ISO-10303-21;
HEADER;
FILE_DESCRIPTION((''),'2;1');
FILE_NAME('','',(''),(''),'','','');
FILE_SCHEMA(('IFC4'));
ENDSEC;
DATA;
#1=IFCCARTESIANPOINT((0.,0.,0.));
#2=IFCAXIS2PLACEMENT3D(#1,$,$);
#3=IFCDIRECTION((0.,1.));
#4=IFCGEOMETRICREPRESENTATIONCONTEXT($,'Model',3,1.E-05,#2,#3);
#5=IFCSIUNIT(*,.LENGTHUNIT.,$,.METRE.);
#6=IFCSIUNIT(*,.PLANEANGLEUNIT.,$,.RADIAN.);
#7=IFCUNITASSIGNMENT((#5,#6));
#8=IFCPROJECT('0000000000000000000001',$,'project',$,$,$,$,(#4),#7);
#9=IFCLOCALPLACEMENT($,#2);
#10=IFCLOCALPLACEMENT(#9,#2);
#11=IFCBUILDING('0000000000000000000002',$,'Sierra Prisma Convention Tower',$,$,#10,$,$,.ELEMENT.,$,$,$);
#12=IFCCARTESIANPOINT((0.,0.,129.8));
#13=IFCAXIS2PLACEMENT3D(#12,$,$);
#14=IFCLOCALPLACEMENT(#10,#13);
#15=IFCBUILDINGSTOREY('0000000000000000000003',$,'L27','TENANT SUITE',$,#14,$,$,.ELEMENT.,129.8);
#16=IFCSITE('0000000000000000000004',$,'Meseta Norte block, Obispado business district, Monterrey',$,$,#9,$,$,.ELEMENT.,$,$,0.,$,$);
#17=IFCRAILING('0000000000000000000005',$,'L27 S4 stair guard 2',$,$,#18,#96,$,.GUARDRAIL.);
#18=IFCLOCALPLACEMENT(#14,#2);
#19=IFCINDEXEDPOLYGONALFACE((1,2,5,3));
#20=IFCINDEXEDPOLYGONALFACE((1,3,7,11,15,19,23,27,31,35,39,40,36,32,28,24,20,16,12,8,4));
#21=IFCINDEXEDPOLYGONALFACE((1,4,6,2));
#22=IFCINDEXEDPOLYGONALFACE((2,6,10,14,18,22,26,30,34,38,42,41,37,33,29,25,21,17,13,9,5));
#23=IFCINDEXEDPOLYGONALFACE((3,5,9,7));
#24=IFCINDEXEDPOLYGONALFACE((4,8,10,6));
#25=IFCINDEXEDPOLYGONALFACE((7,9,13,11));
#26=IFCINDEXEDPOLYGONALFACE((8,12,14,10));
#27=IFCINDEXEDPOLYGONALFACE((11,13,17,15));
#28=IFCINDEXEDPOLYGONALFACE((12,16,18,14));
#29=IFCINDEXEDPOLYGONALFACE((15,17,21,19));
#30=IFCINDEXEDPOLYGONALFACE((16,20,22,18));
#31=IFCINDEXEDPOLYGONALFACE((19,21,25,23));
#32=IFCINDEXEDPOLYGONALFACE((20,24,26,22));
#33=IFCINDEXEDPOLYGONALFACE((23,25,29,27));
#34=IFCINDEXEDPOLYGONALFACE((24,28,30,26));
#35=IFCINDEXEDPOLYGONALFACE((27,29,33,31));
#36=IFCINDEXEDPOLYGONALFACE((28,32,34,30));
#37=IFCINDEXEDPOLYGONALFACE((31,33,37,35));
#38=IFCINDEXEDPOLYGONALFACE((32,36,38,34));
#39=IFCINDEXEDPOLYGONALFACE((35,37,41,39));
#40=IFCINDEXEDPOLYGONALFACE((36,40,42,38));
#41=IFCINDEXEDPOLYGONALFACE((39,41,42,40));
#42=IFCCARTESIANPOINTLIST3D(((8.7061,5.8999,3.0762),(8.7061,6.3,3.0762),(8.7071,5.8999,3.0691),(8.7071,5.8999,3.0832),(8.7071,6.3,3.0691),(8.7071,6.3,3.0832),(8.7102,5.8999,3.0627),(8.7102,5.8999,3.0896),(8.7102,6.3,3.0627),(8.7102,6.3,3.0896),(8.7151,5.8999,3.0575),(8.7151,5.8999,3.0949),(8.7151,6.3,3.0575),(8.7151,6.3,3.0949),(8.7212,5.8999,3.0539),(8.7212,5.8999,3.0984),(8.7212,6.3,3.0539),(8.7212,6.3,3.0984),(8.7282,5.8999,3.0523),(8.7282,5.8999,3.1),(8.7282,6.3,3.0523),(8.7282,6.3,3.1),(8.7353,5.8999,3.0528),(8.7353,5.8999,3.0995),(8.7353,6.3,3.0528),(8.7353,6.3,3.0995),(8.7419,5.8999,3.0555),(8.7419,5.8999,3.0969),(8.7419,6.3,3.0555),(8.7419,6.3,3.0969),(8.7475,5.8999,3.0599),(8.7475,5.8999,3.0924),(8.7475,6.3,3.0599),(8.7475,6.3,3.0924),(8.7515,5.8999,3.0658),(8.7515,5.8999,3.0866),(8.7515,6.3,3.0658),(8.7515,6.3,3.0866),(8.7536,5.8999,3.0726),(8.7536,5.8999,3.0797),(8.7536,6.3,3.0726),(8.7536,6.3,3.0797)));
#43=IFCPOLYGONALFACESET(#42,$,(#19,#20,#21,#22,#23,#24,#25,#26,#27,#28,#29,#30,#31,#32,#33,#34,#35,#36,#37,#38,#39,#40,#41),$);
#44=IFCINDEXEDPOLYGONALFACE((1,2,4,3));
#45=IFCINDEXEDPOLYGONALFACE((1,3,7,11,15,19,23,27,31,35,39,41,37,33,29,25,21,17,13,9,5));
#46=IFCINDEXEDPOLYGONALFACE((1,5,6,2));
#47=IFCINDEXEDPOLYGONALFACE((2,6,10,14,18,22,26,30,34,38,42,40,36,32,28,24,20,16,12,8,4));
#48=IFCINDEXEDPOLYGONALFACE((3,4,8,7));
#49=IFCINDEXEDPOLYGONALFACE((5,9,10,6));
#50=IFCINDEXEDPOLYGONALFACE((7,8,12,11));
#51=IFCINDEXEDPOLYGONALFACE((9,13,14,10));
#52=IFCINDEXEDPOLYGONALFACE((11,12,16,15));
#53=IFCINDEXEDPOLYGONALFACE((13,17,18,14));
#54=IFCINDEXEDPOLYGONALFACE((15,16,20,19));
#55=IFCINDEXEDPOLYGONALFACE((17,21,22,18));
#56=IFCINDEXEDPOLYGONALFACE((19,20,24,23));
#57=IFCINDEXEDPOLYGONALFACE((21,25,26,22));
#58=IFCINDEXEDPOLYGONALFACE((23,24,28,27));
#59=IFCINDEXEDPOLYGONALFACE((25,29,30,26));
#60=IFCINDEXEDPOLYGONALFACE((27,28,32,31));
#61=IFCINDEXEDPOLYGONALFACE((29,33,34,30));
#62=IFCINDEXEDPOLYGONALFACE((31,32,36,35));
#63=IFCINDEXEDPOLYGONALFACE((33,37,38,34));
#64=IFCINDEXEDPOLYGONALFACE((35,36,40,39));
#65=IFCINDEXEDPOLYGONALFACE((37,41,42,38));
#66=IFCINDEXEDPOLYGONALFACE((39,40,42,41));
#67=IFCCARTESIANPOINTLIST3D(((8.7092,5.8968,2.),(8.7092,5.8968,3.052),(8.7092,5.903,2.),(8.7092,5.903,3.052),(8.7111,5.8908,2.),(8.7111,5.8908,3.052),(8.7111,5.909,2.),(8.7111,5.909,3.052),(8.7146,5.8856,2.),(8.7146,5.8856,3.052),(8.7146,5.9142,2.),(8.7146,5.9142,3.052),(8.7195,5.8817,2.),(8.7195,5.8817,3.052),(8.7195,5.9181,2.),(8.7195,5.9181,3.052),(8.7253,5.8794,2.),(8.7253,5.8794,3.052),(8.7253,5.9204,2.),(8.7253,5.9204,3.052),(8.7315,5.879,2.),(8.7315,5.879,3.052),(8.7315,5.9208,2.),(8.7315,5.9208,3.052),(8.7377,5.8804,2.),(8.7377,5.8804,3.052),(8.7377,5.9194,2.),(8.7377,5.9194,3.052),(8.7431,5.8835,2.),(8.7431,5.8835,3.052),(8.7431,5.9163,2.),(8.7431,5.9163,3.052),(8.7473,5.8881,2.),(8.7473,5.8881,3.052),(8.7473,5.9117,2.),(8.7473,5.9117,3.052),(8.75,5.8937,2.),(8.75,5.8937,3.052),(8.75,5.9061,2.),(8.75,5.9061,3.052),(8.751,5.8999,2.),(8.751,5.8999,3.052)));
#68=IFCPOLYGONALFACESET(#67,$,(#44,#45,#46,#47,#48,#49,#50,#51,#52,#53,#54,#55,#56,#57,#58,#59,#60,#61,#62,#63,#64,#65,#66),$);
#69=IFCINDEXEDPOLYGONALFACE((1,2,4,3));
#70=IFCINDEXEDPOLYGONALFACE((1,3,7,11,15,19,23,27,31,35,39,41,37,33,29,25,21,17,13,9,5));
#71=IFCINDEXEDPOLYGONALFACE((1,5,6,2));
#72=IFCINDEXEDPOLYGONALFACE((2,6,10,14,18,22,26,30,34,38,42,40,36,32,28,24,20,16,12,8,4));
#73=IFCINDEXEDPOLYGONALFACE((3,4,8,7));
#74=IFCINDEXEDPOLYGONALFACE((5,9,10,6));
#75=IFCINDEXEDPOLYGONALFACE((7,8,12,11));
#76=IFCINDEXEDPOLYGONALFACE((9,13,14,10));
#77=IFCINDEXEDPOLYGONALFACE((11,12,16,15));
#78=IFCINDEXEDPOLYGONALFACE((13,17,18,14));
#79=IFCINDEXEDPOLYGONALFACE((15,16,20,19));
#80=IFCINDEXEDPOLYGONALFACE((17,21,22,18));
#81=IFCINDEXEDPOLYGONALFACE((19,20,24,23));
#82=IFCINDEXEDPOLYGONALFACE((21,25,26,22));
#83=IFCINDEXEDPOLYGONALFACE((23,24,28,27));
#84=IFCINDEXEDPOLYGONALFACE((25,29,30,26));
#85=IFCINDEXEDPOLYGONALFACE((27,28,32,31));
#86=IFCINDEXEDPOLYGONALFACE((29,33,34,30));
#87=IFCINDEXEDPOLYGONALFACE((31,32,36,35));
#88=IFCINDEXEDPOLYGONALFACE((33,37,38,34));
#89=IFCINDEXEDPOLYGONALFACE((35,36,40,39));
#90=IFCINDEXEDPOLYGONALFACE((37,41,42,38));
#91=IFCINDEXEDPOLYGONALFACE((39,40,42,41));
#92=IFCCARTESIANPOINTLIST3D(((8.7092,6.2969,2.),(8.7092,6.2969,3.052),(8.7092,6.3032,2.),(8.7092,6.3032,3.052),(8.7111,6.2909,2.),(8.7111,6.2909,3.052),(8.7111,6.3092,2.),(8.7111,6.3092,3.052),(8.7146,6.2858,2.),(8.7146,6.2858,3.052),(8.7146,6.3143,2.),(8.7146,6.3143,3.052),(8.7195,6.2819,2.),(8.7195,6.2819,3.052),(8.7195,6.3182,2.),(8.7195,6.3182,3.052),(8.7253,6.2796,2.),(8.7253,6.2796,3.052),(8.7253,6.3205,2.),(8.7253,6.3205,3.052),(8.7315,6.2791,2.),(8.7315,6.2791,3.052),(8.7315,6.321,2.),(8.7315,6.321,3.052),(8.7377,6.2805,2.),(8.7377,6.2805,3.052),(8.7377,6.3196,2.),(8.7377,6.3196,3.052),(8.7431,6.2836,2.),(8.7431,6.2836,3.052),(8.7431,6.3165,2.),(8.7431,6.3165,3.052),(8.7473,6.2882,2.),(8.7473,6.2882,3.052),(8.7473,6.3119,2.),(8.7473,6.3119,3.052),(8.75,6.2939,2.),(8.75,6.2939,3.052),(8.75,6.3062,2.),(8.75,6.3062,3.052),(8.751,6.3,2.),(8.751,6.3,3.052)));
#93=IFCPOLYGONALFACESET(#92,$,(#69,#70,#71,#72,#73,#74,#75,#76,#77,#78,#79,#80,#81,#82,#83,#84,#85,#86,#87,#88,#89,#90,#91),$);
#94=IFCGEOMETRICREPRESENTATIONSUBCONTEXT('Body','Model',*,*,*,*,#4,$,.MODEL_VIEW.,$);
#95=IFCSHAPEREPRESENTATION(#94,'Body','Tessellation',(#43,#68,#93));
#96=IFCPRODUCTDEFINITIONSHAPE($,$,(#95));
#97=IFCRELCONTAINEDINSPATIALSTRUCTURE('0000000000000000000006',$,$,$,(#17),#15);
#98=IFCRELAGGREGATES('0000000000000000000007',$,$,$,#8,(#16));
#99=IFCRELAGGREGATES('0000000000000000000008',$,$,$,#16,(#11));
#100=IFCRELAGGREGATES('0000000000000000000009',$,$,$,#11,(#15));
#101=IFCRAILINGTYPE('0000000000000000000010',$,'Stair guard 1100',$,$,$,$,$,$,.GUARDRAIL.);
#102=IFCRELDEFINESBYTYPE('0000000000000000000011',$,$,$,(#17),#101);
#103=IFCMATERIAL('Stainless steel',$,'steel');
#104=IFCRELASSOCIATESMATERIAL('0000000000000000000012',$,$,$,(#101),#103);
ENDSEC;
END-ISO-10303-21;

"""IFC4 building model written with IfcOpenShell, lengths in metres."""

from ifc_helpers import new_model, si_unit, direction, frame, origin, origin_2d, place, context, subcontext, project, spatial, circle, extrude, material, type_object, element, save


model = new_model("IFC4")

# Units and contexts
model_context = context("Model", 3, precision=1e-05, world=origin(), true_north=direction((0.0, 1.0)))
body_context = subcontext(model_context, "Body", "Model", "MODEL_VIEW")
ifc_project = project(units=[si_unit("LENGTHUNIT", "METRE"), si_unit("PLANEANGLEUNIT", "RADIAN")], contexts=[model_context])

# Site, building, storey
site_placement = place(None, origin())
site = spatial("IfcSite", under=ifc_project, at=site_placement, Name="Meseta Norte block, Obispado business district, Monterrey", CompositionType="ELEMENT", RefElevation=0.0)
building_placement = place(site_placement, origin())
building = spatial("IfcBuilding", under=site, at=building_placement, Name="Sierra Prisma Convention Tower", CompositionType="ELEMENT")
storey_placement = place(building_placement, frame((0.0, 0.0, 129.8)))
storey = spatial("IfcBuildingStorey", under=building, at=storey_placement, Name="L27", Description="TENANT SUITE", CompositionType="ELEMENT", Elevation=129.8)

# Railing
ifc_material_1 = material(Name="Stainless steel", Category="steel")
railing_type_1 = type_object("IfcRailingType", Name="Stair guard 1100", PredefinedType="GUARDRAIL", material=ifc_material_1)
railing_1_placement = place(storey_placement, frame((8.73, 5.8999, 2.0)))
element("IfcRailing", 1, at=railing_1_placement, inside=storey, type_object=railing_type_1, Name="L27 S4 stair guard 2", PredefinedType="GUARDRAIL", context=body_context, shape_type="SweptSolid", body=[
    extrude(circle(Radius=0.0239, at=origin_2d()), frame((0.0, 0.0, 1.0762), z_axis=(0.0, 1.0, 0.0), x_axis=(-1.0, 0.0, 0.0)), (0.0, 0.0, 1.0), 0.4001),
    extrude(circle(Radius=0.021, at=origin_2d()), origin(), (0.0, 0.0, 1.0), 1.052),
    extrude(circle(Radius=0.021, at=origin_2d()), frame((0.0, 0.4001, 0.0)), (0.0, 0.0, 1.0), 1.052),
])

save(model, "model.ifc")
